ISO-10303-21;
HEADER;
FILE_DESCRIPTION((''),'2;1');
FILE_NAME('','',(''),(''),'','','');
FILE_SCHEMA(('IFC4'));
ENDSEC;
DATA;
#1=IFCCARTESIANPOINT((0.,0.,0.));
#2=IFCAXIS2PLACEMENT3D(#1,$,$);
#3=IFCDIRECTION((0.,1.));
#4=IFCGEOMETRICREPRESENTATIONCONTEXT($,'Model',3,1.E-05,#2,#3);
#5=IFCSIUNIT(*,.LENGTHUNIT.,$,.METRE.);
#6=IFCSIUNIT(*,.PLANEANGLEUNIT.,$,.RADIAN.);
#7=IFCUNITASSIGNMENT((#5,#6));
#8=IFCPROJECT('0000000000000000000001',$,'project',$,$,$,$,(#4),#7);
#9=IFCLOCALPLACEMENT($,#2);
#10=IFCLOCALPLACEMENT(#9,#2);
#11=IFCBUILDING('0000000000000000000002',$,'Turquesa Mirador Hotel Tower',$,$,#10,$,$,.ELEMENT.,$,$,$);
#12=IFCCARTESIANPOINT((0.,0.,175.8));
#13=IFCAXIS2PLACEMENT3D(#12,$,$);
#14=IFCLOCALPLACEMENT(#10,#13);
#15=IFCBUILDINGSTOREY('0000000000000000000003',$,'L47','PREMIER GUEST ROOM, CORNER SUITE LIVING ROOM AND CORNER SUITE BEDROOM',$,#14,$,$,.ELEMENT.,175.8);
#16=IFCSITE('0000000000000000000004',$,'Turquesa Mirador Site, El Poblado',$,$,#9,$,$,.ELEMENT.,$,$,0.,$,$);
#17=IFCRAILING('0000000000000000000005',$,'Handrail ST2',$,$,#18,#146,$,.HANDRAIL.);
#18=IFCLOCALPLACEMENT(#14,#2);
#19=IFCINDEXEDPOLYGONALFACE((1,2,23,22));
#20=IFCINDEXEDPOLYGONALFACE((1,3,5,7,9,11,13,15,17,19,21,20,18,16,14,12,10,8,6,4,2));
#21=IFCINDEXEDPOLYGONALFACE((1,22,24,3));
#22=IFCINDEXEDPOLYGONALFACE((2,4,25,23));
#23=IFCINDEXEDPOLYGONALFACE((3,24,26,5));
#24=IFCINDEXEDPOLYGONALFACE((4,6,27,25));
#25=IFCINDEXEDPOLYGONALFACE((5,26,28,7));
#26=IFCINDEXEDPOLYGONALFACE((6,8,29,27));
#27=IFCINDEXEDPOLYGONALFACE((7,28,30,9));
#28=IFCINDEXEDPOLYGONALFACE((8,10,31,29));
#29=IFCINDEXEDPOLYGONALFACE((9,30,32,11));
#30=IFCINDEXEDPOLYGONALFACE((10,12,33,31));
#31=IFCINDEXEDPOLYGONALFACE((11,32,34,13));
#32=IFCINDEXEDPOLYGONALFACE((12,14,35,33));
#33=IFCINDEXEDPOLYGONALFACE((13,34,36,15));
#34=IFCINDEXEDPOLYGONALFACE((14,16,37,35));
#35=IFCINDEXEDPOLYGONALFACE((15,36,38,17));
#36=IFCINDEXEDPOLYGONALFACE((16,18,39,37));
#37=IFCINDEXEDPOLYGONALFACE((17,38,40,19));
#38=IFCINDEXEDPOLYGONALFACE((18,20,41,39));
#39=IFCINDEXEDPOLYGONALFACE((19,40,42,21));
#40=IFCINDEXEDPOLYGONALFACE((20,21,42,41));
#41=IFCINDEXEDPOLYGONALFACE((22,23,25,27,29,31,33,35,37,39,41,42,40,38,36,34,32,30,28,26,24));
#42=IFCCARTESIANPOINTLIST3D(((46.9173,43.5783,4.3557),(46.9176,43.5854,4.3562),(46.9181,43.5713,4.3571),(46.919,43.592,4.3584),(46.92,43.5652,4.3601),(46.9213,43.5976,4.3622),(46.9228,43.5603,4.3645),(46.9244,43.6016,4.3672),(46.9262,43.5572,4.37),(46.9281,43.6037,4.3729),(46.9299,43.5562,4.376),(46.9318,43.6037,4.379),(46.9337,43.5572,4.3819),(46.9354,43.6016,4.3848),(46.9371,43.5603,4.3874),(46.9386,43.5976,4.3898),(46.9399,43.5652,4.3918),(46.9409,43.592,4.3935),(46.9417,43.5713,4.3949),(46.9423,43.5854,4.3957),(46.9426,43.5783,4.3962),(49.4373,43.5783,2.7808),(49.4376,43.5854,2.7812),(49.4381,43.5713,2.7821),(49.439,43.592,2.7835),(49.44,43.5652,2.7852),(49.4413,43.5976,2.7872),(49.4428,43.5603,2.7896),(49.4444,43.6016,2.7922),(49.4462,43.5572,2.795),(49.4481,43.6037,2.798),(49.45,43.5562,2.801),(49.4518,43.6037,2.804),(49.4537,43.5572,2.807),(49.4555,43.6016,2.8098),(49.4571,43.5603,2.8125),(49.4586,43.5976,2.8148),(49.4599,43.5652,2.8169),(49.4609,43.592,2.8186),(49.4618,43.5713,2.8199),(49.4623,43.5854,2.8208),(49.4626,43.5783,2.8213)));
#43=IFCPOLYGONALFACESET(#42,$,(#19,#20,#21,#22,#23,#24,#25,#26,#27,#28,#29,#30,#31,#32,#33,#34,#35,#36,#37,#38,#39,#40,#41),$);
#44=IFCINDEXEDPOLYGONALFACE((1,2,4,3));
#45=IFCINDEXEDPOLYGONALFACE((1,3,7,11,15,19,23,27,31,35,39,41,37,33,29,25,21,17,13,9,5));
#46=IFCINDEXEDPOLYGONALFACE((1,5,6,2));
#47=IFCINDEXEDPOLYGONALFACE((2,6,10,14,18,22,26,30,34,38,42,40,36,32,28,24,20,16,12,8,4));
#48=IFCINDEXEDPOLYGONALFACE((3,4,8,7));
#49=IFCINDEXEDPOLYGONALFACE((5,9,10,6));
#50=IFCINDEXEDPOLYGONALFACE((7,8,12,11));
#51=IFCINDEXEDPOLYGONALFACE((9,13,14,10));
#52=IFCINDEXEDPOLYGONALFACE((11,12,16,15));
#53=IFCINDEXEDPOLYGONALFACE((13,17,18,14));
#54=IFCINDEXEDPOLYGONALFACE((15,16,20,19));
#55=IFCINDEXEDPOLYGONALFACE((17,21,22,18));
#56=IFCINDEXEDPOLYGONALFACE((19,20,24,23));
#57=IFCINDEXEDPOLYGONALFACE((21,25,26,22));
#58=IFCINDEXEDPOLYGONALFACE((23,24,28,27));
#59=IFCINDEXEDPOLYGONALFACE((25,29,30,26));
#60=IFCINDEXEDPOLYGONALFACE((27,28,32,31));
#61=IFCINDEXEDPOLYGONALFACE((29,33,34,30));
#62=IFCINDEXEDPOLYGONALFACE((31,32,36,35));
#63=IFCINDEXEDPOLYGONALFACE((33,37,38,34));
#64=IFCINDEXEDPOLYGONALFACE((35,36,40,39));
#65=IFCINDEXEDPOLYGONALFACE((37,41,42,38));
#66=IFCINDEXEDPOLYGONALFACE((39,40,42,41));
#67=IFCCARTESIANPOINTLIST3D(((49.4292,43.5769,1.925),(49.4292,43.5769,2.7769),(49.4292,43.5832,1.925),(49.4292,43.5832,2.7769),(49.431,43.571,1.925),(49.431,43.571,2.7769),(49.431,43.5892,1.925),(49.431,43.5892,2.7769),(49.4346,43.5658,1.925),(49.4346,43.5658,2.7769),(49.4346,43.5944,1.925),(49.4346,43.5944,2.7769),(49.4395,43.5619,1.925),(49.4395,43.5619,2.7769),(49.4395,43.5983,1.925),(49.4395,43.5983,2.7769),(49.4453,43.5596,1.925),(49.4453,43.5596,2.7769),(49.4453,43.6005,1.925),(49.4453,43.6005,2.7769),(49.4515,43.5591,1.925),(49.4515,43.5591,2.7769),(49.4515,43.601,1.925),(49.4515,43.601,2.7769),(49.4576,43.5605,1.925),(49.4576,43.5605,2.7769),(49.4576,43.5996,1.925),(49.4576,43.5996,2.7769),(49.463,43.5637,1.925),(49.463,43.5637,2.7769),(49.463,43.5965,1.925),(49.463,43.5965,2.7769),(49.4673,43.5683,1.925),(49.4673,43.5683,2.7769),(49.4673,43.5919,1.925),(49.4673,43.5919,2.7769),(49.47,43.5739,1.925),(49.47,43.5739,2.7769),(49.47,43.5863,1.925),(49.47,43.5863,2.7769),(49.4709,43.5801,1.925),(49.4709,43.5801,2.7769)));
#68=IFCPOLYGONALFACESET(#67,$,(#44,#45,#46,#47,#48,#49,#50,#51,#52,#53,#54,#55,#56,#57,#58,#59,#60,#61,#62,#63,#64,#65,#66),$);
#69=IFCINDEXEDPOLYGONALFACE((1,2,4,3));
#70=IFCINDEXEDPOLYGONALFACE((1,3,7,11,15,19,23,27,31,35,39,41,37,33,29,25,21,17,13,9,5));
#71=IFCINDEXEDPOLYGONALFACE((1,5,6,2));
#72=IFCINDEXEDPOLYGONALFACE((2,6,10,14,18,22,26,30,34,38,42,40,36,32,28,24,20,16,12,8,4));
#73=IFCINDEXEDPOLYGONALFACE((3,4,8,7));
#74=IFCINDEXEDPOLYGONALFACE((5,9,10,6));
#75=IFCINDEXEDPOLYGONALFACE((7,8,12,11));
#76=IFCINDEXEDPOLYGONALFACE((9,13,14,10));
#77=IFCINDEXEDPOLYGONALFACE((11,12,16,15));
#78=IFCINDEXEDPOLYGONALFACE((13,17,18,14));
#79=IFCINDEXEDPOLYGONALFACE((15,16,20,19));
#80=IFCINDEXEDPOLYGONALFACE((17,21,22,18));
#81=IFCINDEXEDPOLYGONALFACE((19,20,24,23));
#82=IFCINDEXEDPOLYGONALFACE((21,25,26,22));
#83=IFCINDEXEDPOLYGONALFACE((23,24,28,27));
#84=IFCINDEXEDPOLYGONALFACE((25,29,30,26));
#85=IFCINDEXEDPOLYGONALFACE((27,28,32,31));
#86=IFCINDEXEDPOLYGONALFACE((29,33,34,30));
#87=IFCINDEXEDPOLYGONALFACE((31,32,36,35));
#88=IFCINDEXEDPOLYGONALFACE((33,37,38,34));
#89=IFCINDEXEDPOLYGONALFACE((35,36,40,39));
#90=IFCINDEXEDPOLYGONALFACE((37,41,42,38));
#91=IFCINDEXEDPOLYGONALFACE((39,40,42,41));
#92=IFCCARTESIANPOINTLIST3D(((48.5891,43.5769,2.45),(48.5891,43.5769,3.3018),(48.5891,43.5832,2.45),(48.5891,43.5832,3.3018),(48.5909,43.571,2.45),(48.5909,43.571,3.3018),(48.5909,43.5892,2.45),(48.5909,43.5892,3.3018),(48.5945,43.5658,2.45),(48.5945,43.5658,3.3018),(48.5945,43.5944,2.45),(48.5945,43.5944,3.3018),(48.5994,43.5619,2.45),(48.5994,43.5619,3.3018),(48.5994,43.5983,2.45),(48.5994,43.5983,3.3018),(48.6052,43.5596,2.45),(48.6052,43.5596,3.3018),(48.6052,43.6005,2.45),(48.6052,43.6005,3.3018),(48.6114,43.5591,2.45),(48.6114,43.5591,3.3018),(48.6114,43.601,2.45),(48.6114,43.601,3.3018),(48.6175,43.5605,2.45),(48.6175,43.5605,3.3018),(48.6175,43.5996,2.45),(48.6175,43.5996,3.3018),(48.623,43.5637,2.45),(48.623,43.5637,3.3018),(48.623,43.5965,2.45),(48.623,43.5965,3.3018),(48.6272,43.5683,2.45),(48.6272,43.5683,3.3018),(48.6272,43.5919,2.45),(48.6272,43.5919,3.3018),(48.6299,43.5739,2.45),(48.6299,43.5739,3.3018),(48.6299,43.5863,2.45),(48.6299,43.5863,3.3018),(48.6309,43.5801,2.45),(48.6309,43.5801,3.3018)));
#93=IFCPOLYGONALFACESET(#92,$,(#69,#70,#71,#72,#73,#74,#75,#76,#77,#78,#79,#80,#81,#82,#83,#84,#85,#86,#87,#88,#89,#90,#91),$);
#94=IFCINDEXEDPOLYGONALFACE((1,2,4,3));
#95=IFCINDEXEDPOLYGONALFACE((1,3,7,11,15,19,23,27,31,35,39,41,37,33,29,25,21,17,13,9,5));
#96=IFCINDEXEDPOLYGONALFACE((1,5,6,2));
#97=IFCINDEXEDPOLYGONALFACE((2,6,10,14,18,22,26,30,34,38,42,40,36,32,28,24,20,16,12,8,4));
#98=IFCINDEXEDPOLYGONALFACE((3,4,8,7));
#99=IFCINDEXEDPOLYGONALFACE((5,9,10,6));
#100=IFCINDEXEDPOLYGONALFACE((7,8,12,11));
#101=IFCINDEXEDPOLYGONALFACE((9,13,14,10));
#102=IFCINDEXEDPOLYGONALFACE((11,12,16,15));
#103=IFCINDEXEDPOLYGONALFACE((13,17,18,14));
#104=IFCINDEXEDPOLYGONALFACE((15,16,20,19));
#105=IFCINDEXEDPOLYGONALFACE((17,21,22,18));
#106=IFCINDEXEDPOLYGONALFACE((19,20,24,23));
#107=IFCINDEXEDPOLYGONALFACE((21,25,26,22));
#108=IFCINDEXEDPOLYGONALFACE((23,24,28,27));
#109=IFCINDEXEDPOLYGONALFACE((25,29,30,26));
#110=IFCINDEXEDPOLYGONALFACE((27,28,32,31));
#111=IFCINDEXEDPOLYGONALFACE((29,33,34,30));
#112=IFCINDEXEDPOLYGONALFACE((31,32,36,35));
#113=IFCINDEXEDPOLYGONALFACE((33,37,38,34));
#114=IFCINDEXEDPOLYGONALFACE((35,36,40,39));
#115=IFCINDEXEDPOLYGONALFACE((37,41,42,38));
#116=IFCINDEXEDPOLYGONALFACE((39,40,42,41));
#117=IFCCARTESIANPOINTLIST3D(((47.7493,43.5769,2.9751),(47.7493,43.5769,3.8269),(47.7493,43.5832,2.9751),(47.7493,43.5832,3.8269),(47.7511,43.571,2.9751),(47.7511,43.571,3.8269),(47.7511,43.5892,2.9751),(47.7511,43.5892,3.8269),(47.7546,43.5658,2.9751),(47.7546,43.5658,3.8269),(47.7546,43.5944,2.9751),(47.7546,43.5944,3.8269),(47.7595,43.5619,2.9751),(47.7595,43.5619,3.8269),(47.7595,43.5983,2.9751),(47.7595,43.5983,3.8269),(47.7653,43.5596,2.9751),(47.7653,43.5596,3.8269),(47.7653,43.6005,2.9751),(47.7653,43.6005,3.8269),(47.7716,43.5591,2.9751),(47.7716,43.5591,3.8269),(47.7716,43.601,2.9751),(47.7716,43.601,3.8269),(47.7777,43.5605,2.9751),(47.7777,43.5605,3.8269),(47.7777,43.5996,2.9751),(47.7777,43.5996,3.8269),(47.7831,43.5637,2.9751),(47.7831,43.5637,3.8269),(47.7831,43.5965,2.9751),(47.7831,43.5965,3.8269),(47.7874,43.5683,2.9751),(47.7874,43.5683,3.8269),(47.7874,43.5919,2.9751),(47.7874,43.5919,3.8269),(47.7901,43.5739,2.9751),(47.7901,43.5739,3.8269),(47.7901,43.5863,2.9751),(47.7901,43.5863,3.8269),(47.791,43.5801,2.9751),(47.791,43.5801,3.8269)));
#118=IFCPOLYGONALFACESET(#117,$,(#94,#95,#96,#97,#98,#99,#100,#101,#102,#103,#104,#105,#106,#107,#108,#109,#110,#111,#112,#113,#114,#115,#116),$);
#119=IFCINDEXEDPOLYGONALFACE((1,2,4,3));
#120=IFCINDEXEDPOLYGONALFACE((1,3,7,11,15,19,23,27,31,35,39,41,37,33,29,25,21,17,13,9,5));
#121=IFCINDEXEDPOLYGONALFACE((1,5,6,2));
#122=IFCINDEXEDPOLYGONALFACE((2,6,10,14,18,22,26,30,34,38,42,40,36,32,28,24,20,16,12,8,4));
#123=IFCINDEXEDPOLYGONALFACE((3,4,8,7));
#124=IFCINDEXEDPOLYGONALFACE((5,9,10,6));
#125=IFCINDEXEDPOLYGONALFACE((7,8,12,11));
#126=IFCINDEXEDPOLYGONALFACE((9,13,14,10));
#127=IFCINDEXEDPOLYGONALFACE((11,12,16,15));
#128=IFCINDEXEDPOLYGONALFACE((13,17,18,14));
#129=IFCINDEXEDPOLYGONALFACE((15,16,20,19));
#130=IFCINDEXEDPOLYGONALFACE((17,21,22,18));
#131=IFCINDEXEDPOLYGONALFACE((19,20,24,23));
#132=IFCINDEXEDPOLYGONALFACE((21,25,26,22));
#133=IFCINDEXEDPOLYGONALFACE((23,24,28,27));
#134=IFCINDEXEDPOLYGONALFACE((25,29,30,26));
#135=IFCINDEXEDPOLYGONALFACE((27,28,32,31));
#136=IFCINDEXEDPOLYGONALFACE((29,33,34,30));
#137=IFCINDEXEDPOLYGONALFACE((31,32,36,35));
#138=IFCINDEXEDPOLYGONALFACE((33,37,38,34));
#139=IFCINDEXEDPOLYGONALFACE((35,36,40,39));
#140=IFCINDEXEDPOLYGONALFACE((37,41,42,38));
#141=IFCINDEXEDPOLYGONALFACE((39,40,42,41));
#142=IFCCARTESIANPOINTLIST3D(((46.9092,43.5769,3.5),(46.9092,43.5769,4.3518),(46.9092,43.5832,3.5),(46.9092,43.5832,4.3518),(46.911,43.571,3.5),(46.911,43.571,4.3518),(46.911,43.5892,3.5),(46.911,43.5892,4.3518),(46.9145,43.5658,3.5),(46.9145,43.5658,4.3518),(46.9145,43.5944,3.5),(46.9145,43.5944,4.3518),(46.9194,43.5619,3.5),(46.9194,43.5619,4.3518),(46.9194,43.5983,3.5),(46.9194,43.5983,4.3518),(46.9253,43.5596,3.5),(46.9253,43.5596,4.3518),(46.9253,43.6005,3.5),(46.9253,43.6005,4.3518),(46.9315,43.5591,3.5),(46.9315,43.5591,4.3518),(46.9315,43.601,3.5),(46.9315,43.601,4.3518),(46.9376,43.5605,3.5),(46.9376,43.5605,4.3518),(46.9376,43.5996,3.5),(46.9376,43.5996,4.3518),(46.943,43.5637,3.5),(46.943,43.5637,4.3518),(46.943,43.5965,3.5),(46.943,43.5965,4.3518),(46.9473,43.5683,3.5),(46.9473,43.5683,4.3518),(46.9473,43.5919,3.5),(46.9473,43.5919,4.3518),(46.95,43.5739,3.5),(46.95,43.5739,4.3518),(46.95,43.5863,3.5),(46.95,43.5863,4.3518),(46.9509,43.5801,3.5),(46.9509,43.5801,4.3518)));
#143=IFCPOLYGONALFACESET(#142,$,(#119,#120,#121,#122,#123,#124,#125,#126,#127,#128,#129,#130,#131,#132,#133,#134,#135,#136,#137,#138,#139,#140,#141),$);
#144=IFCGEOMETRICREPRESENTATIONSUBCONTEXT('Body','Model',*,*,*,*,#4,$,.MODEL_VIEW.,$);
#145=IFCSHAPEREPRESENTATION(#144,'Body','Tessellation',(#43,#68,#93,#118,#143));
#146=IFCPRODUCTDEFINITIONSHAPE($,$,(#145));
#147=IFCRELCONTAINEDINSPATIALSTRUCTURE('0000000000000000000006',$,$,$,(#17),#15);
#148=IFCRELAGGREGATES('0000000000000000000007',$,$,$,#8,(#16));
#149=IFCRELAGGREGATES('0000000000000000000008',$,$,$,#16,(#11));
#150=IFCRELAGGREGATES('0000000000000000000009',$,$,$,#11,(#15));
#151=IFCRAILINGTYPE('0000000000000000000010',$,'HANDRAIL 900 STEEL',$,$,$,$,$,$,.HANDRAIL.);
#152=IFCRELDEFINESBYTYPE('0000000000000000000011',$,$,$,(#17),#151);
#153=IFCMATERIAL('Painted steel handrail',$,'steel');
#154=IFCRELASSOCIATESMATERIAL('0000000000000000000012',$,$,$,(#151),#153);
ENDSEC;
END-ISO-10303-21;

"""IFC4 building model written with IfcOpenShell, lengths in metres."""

from ifc_helpers import new_model, si_unit, direction, frame, origin, origin_2d, place, context, subcontext, project, spatial, circle, extrude, material, type_object, element, save


model = new_model("IFC4")

# Units and contexts
model_context = context("Model", 3, precision=1e-05, world=origin(), true_north=direction((0.0, 1.0)))
body_context = subcontext(model_context, "Body", "Model", "MODEL_VIEW")
ifc_project = project(units=[si_unit("LENGTHUNIT", "METRE"), si_unit("PLANEANGLEUNIT", "RADIAN")], contexts=[model_context])

# Site, building, storey
site_placement = place(None, origin())
site = spatial("IfcSite", under=ifc_project, at=site_placement, Name="Turquesa Mirador Site, El Poblado", CompositionType="ELEMENT", RefElevation=0.0)
building_placement = place(site_placement, origin())
building = spatial("IfcBuilding", under=site, at=building_placement, Name="Turquesa Mirador Hotel Tower", CompositionType="ELEMENT")
storey_placement = place(building_placement, frame((0.0, 0.0, 175.8)))
storey = spatial("IfcBuildingStorey", under=building, at=storey_placement, Name="L47", Description="PREMIER GUEST ROOM, CORNER SUITE LIVING ROOM AND CORNER SUITE BEDROOM", CompositionType="ELEMENT", Elevation=175.8)

# Railing
ifc_material_1 = material(Name="Painted steel handrail", Category="steel")
railing_type = type_object("IfcRailingType", Name="HANDRAIL 900 STEEL", PredefinedType="HANDRAIL", material=ifc_material_1)
railing_1_placement = place(storey_placement, frame((49.45, 43.5801, 1.925)))
element("IfcRailing", 1, at=railing_1_placement, inside=storey, type_object=railing_type, Name="Handrail ST2", PredefinedType="HANDRAIL", context=body_context, shape_type="SweptSolid", body=[
    extrude(circle(Radius=0.0239, at=origin_2d()), frame((0.0, 0.0, 0.876), z_axis=(-0.848008, 0.0, 0.529984), x_axis=(0.0, -1.0, 0.0)), (0.0, 0.0, 1.0), 2.9717),
    extrude(circle(Radius=0.021, at=origin_2d()), origin(), (0.0, 0.0, 1.0), 0.8518),
    extrude(circle(Radius=0.021, at=origin_2d()), frame((-0.8401, 0.0, 0.5249)), (0.0, 0.0, 1.0), 0.8518),
    extrude(circle(Radius=0.021, at=origin_2d()), frame((-1.6799, 0.0, 1.05)), (0.0, 0.0, 1.0), 0.8518),
    extrude(circle(Radius=0.021, at=origin_2d()), frame((-2.52, 0.0, 1.575)), (0.0, 0.0, 1.0), 0.8518),
])

save(model, "model.ifc")
